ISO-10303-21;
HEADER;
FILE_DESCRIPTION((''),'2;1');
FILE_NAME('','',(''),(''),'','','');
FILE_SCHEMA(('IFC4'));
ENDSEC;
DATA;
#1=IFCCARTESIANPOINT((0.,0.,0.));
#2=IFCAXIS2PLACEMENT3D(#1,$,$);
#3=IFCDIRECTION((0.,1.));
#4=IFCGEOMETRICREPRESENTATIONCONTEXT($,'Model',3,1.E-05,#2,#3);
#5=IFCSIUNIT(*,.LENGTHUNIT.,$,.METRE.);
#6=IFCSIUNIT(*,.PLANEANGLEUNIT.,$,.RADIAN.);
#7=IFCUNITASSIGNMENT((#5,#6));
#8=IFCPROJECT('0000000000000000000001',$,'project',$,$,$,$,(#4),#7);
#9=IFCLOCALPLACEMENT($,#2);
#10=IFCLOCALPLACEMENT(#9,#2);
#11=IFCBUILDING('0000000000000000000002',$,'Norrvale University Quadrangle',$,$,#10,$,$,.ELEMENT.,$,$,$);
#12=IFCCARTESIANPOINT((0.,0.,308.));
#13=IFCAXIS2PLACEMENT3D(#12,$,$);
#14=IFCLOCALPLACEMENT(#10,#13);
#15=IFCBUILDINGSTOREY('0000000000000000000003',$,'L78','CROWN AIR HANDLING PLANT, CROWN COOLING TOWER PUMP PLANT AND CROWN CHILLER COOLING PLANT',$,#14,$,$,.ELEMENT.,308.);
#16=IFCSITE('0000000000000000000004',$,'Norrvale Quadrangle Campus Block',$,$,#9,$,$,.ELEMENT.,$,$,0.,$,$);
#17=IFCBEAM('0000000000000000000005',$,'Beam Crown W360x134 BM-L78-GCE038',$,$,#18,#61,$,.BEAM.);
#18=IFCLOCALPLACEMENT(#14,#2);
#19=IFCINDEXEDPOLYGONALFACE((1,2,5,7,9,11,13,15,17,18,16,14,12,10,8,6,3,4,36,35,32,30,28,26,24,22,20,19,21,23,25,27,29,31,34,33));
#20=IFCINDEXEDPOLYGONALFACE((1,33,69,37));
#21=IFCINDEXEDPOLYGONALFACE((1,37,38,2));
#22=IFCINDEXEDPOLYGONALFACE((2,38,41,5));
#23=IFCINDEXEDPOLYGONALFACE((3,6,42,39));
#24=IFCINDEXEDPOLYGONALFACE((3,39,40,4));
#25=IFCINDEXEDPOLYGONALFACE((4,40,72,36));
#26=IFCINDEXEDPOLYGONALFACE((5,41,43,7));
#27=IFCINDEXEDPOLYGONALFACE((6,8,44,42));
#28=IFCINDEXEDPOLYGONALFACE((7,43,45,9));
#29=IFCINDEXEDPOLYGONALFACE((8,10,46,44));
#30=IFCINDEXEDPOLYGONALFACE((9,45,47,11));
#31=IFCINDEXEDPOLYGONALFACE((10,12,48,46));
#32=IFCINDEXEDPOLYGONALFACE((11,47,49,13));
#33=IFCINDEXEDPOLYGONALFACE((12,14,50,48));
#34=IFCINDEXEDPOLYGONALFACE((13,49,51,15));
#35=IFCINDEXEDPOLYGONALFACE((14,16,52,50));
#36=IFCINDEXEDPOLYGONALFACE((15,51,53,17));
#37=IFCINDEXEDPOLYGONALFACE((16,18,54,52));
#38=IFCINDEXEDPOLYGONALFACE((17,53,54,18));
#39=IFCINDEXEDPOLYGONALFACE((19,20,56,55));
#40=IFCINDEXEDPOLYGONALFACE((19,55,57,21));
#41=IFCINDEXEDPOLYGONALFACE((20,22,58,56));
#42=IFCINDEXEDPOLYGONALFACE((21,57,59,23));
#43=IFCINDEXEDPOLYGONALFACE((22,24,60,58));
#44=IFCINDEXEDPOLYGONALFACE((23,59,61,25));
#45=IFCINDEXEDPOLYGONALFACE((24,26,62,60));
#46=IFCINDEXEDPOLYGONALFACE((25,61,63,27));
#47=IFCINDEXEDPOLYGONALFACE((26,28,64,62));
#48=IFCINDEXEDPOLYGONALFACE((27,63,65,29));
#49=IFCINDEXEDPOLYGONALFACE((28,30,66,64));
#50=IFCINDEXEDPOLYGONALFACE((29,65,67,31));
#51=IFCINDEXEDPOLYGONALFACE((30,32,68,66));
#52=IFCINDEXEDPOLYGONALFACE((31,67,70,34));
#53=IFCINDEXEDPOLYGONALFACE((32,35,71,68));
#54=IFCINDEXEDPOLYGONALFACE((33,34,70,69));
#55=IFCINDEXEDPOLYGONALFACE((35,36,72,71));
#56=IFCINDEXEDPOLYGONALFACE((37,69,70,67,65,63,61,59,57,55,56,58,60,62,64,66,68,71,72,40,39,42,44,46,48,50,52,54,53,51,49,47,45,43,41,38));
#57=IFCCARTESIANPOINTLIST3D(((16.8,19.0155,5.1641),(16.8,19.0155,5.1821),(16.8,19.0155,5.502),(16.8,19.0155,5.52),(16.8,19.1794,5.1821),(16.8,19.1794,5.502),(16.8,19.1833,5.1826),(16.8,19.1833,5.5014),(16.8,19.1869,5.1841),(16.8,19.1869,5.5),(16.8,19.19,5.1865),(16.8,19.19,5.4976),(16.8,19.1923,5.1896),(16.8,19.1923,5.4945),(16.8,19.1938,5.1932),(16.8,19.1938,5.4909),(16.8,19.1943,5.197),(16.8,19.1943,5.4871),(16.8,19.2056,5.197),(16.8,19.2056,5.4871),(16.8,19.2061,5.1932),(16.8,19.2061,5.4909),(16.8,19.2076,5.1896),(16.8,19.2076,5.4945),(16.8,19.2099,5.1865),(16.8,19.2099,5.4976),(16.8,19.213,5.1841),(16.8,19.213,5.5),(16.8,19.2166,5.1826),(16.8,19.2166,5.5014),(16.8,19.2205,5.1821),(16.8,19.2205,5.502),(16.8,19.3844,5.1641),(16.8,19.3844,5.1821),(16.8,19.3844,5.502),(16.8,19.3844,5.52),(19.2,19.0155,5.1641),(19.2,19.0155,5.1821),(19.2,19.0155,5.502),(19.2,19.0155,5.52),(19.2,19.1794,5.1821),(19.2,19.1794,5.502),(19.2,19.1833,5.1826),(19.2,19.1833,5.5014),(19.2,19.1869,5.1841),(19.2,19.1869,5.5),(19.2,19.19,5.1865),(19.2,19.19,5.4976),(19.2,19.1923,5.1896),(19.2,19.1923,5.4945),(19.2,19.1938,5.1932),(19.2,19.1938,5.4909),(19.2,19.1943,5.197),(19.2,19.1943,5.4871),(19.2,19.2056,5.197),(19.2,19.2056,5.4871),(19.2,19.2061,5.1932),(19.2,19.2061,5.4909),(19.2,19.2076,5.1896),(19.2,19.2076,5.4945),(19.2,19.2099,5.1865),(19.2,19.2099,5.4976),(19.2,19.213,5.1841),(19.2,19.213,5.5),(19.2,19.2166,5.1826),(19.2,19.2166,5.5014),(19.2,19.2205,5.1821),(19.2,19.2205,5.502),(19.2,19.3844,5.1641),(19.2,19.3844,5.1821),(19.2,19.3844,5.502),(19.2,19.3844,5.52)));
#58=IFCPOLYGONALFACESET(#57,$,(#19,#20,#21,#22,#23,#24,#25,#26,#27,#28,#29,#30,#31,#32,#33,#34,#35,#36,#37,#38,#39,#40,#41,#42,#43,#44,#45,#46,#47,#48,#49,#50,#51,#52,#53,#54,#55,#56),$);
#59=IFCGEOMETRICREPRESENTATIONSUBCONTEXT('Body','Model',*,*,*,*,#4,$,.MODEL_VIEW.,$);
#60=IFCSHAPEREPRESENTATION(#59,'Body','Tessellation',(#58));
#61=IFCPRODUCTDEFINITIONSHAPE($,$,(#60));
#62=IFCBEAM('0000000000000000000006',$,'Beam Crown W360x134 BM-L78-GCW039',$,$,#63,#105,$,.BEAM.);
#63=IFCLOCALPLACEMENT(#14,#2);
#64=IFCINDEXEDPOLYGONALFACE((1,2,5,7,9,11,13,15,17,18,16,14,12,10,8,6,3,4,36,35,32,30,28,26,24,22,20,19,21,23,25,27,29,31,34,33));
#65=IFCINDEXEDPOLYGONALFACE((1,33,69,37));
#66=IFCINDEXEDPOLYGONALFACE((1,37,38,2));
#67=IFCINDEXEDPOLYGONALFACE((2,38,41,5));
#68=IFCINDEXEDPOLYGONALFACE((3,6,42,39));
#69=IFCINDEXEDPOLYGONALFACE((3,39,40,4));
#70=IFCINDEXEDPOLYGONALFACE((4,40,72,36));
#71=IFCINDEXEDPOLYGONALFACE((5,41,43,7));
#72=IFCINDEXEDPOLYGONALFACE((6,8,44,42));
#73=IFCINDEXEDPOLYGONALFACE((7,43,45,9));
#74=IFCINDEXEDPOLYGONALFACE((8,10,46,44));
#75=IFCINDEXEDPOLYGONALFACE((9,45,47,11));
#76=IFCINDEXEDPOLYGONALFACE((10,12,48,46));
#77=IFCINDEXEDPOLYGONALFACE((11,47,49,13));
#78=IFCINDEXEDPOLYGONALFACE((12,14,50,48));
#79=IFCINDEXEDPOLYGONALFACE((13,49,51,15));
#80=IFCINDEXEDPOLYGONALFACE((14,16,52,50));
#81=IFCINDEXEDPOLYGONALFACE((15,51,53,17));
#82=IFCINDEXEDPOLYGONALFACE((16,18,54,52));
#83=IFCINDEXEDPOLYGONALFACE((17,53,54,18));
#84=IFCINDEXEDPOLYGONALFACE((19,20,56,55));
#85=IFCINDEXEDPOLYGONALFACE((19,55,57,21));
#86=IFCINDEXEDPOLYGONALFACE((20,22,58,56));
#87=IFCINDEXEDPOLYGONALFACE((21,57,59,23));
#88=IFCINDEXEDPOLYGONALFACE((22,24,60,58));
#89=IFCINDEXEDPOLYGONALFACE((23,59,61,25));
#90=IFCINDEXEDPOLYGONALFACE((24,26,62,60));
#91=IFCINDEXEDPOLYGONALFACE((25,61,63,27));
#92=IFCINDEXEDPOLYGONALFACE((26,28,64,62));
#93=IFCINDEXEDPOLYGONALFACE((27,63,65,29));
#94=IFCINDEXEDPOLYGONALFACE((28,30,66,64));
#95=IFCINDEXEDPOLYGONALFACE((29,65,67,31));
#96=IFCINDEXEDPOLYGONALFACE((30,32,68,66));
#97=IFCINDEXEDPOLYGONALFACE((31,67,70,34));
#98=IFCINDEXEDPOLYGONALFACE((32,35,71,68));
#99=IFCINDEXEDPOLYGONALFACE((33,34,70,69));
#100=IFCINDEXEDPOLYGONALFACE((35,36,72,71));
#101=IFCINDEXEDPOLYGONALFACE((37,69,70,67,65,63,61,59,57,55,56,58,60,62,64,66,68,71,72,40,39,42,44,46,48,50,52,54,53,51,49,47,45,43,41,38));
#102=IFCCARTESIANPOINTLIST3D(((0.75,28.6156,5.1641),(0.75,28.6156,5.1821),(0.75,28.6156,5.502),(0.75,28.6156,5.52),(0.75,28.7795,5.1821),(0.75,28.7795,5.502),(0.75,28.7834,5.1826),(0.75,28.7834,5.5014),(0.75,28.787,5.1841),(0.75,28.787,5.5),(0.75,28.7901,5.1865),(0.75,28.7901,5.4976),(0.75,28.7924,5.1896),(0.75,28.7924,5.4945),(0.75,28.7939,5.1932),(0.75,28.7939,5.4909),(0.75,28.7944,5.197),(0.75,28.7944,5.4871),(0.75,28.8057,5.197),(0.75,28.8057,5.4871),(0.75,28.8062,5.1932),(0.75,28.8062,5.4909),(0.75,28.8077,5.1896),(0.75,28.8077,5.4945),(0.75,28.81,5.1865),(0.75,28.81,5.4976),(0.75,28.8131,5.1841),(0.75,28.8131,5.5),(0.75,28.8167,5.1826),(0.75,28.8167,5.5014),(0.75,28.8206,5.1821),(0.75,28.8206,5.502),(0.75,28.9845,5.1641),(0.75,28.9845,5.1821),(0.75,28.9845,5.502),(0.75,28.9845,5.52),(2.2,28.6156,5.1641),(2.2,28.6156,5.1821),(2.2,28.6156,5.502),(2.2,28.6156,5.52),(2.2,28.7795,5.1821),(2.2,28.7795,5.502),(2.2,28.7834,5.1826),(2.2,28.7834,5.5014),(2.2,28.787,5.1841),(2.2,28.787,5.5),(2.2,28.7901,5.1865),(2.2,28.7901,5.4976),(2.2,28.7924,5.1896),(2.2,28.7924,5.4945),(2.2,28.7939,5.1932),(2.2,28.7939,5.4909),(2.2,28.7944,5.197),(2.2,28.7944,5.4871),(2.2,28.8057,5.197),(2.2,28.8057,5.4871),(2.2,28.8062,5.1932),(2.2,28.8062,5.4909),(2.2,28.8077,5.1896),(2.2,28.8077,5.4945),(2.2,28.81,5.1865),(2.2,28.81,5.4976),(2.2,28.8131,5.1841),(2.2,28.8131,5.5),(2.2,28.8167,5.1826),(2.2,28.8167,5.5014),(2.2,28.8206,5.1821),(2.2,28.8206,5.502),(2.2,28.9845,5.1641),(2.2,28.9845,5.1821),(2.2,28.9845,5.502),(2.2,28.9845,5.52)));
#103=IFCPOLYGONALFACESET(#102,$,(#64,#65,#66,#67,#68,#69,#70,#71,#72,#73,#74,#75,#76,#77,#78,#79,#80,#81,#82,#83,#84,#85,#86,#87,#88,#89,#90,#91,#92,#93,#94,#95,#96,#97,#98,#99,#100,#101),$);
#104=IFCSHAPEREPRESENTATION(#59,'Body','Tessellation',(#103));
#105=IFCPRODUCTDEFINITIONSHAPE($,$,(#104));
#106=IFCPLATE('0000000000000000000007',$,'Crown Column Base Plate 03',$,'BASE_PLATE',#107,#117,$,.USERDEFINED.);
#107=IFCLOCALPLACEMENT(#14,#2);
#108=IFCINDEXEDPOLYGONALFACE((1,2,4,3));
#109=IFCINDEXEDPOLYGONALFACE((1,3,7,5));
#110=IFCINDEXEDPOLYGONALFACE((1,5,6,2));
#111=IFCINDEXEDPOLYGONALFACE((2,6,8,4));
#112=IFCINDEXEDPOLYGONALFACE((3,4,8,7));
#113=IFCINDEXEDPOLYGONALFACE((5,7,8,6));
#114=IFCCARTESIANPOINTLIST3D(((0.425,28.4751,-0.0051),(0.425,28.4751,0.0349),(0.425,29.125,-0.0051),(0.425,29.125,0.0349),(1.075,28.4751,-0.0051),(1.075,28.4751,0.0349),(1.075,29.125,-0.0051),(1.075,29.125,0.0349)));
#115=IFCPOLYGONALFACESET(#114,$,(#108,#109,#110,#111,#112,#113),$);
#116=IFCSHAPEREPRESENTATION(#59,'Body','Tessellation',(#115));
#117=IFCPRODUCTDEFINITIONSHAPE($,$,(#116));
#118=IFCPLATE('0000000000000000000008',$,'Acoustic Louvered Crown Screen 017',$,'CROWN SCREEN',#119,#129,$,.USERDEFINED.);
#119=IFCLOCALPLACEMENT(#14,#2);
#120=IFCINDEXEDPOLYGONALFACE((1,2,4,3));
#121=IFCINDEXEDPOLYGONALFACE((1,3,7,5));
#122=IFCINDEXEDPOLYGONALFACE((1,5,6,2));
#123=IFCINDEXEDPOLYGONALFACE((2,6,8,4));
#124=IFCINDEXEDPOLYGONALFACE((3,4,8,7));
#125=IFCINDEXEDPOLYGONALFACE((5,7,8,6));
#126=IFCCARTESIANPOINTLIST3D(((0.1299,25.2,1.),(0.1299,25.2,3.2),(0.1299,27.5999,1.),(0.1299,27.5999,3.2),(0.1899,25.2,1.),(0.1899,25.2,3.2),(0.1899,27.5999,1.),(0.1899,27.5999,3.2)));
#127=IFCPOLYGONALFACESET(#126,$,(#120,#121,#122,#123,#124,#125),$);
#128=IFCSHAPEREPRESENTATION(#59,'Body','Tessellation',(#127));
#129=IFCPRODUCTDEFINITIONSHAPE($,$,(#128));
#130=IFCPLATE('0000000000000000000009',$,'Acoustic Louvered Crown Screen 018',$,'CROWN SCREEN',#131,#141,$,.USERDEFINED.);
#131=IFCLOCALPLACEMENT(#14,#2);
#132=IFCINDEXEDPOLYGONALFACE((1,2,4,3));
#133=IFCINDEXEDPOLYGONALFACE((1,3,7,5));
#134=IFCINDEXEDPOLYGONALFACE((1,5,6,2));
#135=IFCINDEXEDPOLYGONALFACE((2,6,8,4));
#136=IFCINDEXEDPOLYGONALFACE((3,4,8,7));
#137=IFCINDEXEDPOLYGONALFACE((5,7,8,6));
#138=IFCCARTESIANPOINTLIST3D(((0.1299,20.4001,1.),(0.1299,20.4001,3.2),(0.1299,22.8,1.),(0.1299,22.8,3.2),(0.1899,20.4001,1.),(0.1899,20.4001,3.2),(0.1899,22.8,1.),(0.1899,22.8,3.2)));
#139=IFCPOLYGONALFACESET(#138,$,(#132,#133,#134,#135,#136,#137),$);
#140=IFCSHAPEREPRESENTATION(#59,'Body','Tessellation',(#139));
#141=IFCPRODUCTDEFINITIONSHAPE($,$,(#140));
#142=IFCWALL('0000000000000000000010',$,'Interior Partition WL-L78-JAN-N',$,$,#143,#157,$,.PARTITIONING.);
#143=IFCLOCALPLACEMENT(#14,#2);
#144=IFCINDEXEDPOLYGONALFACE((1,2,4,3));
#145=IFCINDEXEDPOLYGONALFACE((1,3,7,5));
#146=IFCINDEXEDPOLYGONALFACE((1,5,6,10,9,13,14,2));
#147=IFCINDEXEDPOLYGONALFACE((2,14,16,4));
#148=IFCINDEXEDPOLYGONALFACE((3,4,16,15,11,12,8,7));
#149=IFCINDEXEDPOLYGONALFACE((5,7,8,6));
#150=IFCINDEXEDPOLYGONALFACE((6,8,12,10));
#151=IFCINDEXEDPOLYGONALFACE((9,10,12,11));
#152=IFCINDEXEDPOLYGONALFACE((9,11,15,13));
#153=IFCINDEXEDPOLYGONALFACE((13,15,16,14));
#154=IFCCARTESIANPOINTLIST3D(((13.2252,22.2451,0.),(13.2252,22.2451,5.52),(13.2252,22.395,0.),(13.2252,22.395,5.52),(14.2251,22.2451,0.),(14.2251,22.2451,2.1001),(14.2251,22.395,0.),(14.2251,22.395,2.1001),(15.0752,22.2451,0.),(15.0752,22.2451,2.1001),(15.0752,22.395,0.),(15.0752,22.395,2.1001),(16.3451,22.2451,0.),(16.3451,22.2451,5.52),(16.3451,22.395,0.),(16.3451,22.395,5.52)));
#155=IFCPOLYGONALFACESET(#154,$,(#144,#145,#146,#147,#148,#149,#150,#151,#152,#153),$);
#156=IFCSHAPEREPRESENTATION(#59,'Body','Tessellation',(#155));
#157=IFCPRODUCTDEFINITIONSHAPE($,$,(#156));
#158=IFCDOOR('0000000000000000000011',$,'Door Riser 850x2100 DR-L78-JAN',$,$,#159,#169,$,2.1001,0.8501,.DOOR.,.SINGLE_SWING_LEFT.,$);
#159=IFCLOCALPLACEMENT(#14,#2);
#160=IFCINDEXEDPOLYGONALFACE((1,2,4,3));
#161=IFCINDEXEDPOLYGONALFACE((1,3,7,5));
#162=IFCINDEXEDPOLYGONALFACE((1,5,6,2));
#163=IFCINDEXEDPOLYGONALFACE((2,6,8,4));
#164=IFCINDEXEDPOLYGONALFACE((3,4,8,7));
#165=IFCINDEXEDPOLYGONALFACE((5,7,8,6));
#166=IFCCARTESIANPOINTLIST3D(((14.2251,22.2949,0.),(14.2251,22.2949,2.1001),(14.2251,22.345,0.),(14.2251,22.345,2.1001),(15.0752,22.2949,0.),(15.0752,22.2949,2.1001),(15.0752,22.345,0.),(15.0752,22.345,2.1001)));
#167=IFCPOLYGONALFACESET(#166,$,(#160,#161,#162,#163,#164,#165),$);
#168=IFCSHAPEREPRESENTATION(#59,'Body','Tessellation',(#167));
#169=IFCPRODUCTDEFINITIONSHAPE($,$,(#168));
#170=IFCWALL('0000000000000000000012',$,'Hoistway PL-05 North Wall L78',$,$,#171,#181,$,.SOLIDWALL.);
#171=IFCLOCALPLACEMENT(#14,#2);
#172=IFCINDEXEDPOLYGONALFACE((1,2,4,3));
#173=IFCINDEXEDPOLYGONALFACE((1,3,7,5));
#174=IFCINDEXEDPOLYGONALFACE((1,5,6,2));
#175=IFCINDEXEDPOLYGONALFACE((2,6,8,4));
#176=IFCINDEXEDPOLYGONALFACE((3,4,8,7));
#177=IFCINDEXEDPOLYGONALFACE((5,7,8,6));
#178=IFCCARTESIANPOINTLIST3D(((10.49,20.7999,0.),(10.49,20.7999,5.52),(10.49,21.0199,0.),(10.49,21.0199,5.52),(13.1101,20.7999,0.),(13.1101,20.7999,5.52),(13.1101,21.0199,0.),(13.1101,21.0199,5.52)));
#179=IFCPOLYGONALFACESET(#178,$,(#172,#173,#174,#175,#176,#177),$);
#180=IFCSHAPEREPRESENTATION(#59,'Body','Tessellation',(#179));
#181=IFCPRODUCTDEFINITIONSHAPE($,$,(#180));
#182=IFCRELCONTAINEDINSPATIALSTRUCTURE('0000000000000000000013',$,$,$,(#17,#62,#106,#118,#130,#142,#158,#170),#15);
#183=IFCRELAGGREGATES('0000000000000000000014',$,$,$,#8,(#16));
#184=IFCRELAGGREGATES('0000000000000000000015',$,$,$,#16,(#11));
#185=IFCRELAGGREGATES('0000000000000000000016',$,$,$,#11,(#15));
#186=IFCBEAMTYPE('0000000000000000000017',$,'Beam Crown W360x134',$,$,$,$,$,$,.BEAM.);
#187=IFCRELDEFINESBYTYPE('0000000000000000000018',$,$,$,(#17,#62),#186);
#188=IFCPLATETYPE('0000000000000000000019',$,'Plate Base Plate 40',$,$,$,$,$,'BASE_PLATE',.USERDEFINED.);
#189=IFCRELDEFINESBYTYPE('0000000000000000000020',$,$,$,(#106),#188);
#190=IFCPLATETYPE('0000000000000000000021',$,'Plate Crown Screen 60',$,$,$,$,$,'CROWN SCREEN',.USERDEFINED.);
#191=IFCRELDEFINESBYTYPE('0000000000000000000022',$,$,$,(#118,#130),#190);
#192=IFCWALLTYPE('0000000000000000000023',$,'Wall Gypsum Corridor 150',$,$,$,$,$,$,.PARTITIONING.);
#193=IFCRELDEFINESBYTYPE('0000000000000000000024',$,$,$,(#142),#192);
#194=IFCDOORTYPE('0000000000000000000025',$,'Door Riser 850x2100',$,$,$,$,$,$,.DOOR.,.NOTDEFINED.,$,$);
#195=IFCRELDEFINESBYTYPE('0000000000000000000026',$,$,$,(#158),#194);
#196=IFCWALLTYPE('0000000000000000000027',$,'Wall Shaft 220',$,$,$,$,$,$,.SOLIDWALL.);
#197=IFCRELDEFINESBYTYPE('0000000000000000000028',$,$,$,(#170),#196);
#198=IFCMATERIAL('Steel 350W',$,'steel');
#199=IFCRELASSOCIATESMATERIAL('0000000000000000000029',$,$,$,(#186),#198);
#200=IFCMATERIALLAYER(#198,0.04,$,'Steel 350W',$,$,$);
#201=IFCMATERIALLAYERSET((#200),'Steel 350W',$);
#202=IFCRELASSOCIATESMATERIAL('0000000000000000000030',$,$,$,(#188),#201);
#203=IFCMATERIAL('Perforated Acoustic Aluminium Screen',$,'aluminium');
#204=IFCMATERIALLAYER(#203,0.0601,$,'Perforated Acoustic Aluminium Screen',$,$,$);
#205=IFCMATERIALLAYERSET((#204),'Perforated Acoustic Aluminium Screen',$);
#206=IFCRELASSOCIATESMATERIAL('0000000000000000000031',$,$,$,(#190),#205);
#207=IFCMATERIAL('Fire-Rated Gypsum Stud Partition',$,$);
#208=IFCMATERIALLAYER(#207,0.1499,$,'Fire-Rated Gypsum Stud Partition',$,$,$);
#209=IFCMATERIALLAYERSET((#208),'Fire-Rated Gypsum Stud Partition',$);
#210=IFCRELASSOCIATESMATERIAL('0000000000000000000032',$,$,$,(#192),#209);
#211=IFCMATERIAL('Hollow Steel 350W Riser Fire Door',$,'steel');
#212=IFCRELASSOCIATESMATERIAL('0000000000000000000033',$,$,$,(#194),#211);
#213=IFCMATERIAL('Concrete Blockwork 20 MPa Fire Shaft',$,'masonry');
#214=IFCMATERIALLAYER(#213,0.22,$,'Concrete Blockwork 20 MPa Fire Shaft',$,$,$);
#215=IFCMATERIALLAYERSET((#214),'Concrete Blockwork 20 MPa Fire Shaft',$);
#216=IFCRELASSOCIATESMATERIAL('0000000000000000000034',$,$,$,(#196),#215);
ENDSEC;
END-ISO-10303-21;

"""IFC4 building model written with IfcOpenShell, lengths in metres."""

from ifc_helpers import new_model, si_unit, direction, frame, frame_2d, origin, origin_2d, place, context, subcontext, project, spatial, rectangle, i_section, extrude, material, layer, layer_set, material_profile, profile_set, type_object, element, fill, save


model = new_model("IFC4")

# Units and contexts
model_context = context("Model", 3, precision=1e-05, world=origin(), true_north=direction((0.0, 1.0)))
body_context = subcontext(model_context, "Body", "Model", "MODEL_VIEW")
ifc_project = project(units=[si_unit("LENGTHUNIT", "METRE"), si_unit("PLANEANGLEUNIT", "RADIAN")], contexts=[model_context])

# Site, building, storey
site_placement = place(None, origin())
site = spatial("IfcSite", under=ifc_project, at=site_placement, Name="Norrvale Quadrangle Campus Block", CompositionType="ELEMENT", RefElevation=0.0)
building_placement = place(site_placement, origin())
building = spatial("IfcBuilding", under=site, at=building_placement, Name="Norrvale University Quadrangle", CompositionType="ELEMENT")
storey_placement = place(building_placement, frame((0.0, 0.0, 308.0)))
storey = spatial("IfcBuildingStorey", under=building, at=storey_placement, Name="L78", Description="CROWN AIR HANDLING PLANT, CROWN COOLING TOWER PUMP PLANT AND CROWN CHILLER COOLING PLANT", CompositionType="ELEMENT", Elevation=308.0)

# Shared definitions
ifc_material_1 = material(Name="Steel 350W", Category="steel")

# Beams
ifc_material_profile_1 = material_profile(ifc_material_1, i_section(OverallWidth=0.3689, OverallDepth=0.356, WebThickness=0.0112, FlangeThickness=0.0181, FilletRadius=0.0149, at=origin_2d()), Name="Steel 350W")
ifc_profile_set_1 = profile_set([ifc_material_profile_1], Name="Steel 350W")
beam_type = type_object("IfcBeamType", Name="Beam Crown W360x134", PredefinedType="BEAM", material=ifc_profile_set_1)
beam_1_placement = place(storey_placement, frame((16.8, 19.2, 5.342), z_axis=(1.0, 0.0, 0.0), x_axis=(0.0, 1.0, 0.0)))
element("IfcBeam", 1, at=beam_1_placement, inside=storey, type_object=beam_type, Name="Beam Crown W360x134 BM-L78-GCE038", PredefinedType="BEAM", context=body_context, shape_type="SweptSolid", body=[
    extrude(i_section(OverallWidth=0.3689, OverallDepth=0.356, WebThickness=0.0112, FlangeThickness=0.0181, FilletRadius=0.0149, at=origin_2d()), origin(), (0.0, 0.0, 1.0), 2.3999),
])
beam_2_placement = place(storey_placement, frame((0.75, 28.8, 5.342), z_axis=(1.0, 0.0, 0.0), x_axis=(0.0, 1.0, 0.0)))
element("IfcBeam", 2, at=beam_2_placement, inside=storey, type_object=beam_type, Name="Beam Crown W360x134 BM-L78-GCW039", PredefinedType="BEAM", context=body_context, shape_type="SweptSolid", body=[
    extrude(i_section(OverallWidth=0.3689, OverallDepth=0.356, WebThickness=0.0112, FlangeThickness=0.0181, FilletRadius=0.0149, at=origin_2d()), origin(), (0.0, 0.0, 1.0), 1.45),
])

# Plates
ifc_layer_1 = layer(ifc_material_1, 0.04, Name="Steel 350W")
ifc_layer_set_1 = layer_set([ifc_layer_1], Name="Steel 350W")
plate_type_1 = type_object("IfcPlateType", Name="Plate Base Plate 40", ElementType="BASE_PLATE", PredefinedType="USERDEFINED", material=ifc_layer_set_1)
plate_placement = place(storey_placement, frame((0.75, 28.8, -0.0051), z_axis=(0.0, 0.0, 1.0), x_axis=(1.0, 0.0, 0.0)))
element("IfcPlate", 3, at=plate_placement, inside=storey, type_object=plate_type_1, Name="Crown Column Base Plate 03", ObjectType="BASE_PLATE", PredefinedType="USERDEFINED", context=body_context, shape_type="SweptSolid", body=[
    extrude(rectangle(XDim=0.6499, YDim=0.6499, at=origin_2d()), origin(), (0.0, 0.0, 1.0), 0.04),
])
ifc_material_2 = material(Name="Perforated Acoustic Aluminium Screen", Category="aluminium")
ifc_layer_2 = layer(ifc_material_2, 0.0601, Name="Perforated Acoustic Aluminium Screen")
ifc_layer_set_2 = layer_set([ifc_layer_2], Name="Perforated Acoustic Aluminium Screen")
plate_type_2 = type_object("IfcPlateType", Name="Plate Crown Screen 60", ElementType="CROWN SCREEN", PredefinedType="USERDEFINED", material=ifc_layer_set_2)
for number, where, z_axis, x_axis, name in (
    (4, (0.1599, 26.3999, 1.0), (0.0, 0.0, 1.0), (0.0, -1.0, 0.0), "Acoustic Louvered Crown Screen 017"),
    (5, (0.1599, 21.6001, 1.0), (0.0, 0.0, 1.0), (0.0, -1.0, 0.0), "Acoustic Louvered Crown Screen 018"),
):
    element("IfcPlate", number, at=place(storey_placement, frame(where, z_axis=z_axis, x_axis=x_axis)), inside=storey, type_object=plate_type_2, Name=name, ObjectType="CROWN SCREEN", PredefinedType="USERDEFINED", context=body_context, shape_type="SweptSolid", body=[
        extrude(rectangle(XDim=2.3999, YDim=0.0601, at=origin_2d()), origin(), (0.0, 0.0, 1.0), 2.2),
    ])

# Wall, opening, door
ifc_material_3 = material(Name="Fire-Rated Gypsum Stud Partition")
ifc_layer_3 = layer(ifc_material_3, 0.1499, Name="Fire-Rated Gypsum Stud Partition")
ifc_layer_set_3 = layer_set([ifc_layer_3], Name="Fire-Rated Gypsum Stud Partition")
wall_type_1 = type_object("IfcWallType", Name="Wall Gypsum Corridor 150", PredefinedType="PARTITIONING", material=ifc_layer_set_3)
wall_1_placement = place(storey_placement, frame((13.2251, 22.3201, 0.0), z_axis=(0.0, 0.0, 1.0), x_axis=(1.0, 0.0, 0.0)))
wall_1 = element("IfcWall", 6, at=wall_1_placement, inside=storey, type_object=wall_type_1, Name="Interior Partition WL-L78-JAN-N", PredefinedType="PARTITIONING", context=body_context, shape_type="SweptSolid", body=[
    extrude(rectangle(XDim=3.1199, YDim=0.1499, at=frame_2d((1.5601, 0.0))), origin(), (0.0, 0.0, 1.0), 5.52),
])
opening_placement = place(wall_1_placement, frame((1.0, 0.0, 0.0)))
opening = element("IfcOpeningElement", 7, at=opening_placement, cuts=wall_1, PredefinedType="OPENING", context=body_context, shape_type="SweptSolid", body=[
    extrude(rectangle(XDim=0.8501, YDim=2.1001, at=frame_2d((0.425, 1.05))), frame((0.0, 0.0869, 0.0), z_axis=(0.0, -1.0, 0.0), x_axis=(1.0, 0.0, 0.0)), (0.0, 0.0, 1.0), 0.1738),
])
ifc_material_4 = material(Name="Hollow Steel 350W Riser Fire Door", Category="steel")
door_type = type_object("IfcDoorType", Name="Door Riser 850x2100", OperationType="NOTDEFINED", PredefinedType="DOOR", material=ifc_material_4)
door_placement = place(opening_placement, origin())
door = element("IfcDoor", 8, at=door_placement, inside=storey, type_object=door_type, Name="Door Riser 850x2100 DR-L78-JAN", OperationType="SINGLE_SWING_LEFT", OverallHeight=2.1001, OverallWidth=0.8501, PredefinedType="DOOR", context=body_context, shape_type="SweptSolid", body=[
    extrude(rectangle(XDim=0.8501, YDim=2.1001, at=frame_2d((0.425, 1.05))), frame((0.0, 0.0249, 0.0), z_axis=(0.0, -1.0, 0.0), x_axis=(1.0, 0.0, 0.0)), (0.0, 0.0, 1.0), 0.05),
])
fill(opening, door)

# Wall
ifc_material_5 = material(Name="Concrete Blockwork 20 MPa Fire Shaft", Category="masonry")
ifc_layer_4 = layer(ifc_material_5, 0.22, Name="Concrete Blockwork 20 MPa Fire Shaft")
ifc_layer_set_4 = layer_set([ifc_layer_4], Name="Concrete Blockwork 20 MPa Fire Shaft")
wall_type_2 = type_object("IfcWallType", Name="Wall Shaft 220", PredefinedType="SOLIDWALL", material=ifc_layer_set_4)
wall_2_placement = place(storey_placement, frame((10.49, 20.9099, 0.0), z_axis=(0.0, 0.0, 1.0), x_axis=(1.0, 0.0, 0.0)))
element("IfcWall", 9, at=wall_2_placement, inside=storey, type_object=wall_type_2, Name="Hoistway PL-05 North Wall L78", PredefinedType="SOLIDWALL", context=body_context, shape_type="SweptSolid", body=[
    extrude(rectangle(XDim=2.6201, YDim=0.22, at=frame_2d((1.3101, 0.0))), origin(), (0.0, 0.0, 1.0), 5.52),
])

save(model, "model.ifc")
